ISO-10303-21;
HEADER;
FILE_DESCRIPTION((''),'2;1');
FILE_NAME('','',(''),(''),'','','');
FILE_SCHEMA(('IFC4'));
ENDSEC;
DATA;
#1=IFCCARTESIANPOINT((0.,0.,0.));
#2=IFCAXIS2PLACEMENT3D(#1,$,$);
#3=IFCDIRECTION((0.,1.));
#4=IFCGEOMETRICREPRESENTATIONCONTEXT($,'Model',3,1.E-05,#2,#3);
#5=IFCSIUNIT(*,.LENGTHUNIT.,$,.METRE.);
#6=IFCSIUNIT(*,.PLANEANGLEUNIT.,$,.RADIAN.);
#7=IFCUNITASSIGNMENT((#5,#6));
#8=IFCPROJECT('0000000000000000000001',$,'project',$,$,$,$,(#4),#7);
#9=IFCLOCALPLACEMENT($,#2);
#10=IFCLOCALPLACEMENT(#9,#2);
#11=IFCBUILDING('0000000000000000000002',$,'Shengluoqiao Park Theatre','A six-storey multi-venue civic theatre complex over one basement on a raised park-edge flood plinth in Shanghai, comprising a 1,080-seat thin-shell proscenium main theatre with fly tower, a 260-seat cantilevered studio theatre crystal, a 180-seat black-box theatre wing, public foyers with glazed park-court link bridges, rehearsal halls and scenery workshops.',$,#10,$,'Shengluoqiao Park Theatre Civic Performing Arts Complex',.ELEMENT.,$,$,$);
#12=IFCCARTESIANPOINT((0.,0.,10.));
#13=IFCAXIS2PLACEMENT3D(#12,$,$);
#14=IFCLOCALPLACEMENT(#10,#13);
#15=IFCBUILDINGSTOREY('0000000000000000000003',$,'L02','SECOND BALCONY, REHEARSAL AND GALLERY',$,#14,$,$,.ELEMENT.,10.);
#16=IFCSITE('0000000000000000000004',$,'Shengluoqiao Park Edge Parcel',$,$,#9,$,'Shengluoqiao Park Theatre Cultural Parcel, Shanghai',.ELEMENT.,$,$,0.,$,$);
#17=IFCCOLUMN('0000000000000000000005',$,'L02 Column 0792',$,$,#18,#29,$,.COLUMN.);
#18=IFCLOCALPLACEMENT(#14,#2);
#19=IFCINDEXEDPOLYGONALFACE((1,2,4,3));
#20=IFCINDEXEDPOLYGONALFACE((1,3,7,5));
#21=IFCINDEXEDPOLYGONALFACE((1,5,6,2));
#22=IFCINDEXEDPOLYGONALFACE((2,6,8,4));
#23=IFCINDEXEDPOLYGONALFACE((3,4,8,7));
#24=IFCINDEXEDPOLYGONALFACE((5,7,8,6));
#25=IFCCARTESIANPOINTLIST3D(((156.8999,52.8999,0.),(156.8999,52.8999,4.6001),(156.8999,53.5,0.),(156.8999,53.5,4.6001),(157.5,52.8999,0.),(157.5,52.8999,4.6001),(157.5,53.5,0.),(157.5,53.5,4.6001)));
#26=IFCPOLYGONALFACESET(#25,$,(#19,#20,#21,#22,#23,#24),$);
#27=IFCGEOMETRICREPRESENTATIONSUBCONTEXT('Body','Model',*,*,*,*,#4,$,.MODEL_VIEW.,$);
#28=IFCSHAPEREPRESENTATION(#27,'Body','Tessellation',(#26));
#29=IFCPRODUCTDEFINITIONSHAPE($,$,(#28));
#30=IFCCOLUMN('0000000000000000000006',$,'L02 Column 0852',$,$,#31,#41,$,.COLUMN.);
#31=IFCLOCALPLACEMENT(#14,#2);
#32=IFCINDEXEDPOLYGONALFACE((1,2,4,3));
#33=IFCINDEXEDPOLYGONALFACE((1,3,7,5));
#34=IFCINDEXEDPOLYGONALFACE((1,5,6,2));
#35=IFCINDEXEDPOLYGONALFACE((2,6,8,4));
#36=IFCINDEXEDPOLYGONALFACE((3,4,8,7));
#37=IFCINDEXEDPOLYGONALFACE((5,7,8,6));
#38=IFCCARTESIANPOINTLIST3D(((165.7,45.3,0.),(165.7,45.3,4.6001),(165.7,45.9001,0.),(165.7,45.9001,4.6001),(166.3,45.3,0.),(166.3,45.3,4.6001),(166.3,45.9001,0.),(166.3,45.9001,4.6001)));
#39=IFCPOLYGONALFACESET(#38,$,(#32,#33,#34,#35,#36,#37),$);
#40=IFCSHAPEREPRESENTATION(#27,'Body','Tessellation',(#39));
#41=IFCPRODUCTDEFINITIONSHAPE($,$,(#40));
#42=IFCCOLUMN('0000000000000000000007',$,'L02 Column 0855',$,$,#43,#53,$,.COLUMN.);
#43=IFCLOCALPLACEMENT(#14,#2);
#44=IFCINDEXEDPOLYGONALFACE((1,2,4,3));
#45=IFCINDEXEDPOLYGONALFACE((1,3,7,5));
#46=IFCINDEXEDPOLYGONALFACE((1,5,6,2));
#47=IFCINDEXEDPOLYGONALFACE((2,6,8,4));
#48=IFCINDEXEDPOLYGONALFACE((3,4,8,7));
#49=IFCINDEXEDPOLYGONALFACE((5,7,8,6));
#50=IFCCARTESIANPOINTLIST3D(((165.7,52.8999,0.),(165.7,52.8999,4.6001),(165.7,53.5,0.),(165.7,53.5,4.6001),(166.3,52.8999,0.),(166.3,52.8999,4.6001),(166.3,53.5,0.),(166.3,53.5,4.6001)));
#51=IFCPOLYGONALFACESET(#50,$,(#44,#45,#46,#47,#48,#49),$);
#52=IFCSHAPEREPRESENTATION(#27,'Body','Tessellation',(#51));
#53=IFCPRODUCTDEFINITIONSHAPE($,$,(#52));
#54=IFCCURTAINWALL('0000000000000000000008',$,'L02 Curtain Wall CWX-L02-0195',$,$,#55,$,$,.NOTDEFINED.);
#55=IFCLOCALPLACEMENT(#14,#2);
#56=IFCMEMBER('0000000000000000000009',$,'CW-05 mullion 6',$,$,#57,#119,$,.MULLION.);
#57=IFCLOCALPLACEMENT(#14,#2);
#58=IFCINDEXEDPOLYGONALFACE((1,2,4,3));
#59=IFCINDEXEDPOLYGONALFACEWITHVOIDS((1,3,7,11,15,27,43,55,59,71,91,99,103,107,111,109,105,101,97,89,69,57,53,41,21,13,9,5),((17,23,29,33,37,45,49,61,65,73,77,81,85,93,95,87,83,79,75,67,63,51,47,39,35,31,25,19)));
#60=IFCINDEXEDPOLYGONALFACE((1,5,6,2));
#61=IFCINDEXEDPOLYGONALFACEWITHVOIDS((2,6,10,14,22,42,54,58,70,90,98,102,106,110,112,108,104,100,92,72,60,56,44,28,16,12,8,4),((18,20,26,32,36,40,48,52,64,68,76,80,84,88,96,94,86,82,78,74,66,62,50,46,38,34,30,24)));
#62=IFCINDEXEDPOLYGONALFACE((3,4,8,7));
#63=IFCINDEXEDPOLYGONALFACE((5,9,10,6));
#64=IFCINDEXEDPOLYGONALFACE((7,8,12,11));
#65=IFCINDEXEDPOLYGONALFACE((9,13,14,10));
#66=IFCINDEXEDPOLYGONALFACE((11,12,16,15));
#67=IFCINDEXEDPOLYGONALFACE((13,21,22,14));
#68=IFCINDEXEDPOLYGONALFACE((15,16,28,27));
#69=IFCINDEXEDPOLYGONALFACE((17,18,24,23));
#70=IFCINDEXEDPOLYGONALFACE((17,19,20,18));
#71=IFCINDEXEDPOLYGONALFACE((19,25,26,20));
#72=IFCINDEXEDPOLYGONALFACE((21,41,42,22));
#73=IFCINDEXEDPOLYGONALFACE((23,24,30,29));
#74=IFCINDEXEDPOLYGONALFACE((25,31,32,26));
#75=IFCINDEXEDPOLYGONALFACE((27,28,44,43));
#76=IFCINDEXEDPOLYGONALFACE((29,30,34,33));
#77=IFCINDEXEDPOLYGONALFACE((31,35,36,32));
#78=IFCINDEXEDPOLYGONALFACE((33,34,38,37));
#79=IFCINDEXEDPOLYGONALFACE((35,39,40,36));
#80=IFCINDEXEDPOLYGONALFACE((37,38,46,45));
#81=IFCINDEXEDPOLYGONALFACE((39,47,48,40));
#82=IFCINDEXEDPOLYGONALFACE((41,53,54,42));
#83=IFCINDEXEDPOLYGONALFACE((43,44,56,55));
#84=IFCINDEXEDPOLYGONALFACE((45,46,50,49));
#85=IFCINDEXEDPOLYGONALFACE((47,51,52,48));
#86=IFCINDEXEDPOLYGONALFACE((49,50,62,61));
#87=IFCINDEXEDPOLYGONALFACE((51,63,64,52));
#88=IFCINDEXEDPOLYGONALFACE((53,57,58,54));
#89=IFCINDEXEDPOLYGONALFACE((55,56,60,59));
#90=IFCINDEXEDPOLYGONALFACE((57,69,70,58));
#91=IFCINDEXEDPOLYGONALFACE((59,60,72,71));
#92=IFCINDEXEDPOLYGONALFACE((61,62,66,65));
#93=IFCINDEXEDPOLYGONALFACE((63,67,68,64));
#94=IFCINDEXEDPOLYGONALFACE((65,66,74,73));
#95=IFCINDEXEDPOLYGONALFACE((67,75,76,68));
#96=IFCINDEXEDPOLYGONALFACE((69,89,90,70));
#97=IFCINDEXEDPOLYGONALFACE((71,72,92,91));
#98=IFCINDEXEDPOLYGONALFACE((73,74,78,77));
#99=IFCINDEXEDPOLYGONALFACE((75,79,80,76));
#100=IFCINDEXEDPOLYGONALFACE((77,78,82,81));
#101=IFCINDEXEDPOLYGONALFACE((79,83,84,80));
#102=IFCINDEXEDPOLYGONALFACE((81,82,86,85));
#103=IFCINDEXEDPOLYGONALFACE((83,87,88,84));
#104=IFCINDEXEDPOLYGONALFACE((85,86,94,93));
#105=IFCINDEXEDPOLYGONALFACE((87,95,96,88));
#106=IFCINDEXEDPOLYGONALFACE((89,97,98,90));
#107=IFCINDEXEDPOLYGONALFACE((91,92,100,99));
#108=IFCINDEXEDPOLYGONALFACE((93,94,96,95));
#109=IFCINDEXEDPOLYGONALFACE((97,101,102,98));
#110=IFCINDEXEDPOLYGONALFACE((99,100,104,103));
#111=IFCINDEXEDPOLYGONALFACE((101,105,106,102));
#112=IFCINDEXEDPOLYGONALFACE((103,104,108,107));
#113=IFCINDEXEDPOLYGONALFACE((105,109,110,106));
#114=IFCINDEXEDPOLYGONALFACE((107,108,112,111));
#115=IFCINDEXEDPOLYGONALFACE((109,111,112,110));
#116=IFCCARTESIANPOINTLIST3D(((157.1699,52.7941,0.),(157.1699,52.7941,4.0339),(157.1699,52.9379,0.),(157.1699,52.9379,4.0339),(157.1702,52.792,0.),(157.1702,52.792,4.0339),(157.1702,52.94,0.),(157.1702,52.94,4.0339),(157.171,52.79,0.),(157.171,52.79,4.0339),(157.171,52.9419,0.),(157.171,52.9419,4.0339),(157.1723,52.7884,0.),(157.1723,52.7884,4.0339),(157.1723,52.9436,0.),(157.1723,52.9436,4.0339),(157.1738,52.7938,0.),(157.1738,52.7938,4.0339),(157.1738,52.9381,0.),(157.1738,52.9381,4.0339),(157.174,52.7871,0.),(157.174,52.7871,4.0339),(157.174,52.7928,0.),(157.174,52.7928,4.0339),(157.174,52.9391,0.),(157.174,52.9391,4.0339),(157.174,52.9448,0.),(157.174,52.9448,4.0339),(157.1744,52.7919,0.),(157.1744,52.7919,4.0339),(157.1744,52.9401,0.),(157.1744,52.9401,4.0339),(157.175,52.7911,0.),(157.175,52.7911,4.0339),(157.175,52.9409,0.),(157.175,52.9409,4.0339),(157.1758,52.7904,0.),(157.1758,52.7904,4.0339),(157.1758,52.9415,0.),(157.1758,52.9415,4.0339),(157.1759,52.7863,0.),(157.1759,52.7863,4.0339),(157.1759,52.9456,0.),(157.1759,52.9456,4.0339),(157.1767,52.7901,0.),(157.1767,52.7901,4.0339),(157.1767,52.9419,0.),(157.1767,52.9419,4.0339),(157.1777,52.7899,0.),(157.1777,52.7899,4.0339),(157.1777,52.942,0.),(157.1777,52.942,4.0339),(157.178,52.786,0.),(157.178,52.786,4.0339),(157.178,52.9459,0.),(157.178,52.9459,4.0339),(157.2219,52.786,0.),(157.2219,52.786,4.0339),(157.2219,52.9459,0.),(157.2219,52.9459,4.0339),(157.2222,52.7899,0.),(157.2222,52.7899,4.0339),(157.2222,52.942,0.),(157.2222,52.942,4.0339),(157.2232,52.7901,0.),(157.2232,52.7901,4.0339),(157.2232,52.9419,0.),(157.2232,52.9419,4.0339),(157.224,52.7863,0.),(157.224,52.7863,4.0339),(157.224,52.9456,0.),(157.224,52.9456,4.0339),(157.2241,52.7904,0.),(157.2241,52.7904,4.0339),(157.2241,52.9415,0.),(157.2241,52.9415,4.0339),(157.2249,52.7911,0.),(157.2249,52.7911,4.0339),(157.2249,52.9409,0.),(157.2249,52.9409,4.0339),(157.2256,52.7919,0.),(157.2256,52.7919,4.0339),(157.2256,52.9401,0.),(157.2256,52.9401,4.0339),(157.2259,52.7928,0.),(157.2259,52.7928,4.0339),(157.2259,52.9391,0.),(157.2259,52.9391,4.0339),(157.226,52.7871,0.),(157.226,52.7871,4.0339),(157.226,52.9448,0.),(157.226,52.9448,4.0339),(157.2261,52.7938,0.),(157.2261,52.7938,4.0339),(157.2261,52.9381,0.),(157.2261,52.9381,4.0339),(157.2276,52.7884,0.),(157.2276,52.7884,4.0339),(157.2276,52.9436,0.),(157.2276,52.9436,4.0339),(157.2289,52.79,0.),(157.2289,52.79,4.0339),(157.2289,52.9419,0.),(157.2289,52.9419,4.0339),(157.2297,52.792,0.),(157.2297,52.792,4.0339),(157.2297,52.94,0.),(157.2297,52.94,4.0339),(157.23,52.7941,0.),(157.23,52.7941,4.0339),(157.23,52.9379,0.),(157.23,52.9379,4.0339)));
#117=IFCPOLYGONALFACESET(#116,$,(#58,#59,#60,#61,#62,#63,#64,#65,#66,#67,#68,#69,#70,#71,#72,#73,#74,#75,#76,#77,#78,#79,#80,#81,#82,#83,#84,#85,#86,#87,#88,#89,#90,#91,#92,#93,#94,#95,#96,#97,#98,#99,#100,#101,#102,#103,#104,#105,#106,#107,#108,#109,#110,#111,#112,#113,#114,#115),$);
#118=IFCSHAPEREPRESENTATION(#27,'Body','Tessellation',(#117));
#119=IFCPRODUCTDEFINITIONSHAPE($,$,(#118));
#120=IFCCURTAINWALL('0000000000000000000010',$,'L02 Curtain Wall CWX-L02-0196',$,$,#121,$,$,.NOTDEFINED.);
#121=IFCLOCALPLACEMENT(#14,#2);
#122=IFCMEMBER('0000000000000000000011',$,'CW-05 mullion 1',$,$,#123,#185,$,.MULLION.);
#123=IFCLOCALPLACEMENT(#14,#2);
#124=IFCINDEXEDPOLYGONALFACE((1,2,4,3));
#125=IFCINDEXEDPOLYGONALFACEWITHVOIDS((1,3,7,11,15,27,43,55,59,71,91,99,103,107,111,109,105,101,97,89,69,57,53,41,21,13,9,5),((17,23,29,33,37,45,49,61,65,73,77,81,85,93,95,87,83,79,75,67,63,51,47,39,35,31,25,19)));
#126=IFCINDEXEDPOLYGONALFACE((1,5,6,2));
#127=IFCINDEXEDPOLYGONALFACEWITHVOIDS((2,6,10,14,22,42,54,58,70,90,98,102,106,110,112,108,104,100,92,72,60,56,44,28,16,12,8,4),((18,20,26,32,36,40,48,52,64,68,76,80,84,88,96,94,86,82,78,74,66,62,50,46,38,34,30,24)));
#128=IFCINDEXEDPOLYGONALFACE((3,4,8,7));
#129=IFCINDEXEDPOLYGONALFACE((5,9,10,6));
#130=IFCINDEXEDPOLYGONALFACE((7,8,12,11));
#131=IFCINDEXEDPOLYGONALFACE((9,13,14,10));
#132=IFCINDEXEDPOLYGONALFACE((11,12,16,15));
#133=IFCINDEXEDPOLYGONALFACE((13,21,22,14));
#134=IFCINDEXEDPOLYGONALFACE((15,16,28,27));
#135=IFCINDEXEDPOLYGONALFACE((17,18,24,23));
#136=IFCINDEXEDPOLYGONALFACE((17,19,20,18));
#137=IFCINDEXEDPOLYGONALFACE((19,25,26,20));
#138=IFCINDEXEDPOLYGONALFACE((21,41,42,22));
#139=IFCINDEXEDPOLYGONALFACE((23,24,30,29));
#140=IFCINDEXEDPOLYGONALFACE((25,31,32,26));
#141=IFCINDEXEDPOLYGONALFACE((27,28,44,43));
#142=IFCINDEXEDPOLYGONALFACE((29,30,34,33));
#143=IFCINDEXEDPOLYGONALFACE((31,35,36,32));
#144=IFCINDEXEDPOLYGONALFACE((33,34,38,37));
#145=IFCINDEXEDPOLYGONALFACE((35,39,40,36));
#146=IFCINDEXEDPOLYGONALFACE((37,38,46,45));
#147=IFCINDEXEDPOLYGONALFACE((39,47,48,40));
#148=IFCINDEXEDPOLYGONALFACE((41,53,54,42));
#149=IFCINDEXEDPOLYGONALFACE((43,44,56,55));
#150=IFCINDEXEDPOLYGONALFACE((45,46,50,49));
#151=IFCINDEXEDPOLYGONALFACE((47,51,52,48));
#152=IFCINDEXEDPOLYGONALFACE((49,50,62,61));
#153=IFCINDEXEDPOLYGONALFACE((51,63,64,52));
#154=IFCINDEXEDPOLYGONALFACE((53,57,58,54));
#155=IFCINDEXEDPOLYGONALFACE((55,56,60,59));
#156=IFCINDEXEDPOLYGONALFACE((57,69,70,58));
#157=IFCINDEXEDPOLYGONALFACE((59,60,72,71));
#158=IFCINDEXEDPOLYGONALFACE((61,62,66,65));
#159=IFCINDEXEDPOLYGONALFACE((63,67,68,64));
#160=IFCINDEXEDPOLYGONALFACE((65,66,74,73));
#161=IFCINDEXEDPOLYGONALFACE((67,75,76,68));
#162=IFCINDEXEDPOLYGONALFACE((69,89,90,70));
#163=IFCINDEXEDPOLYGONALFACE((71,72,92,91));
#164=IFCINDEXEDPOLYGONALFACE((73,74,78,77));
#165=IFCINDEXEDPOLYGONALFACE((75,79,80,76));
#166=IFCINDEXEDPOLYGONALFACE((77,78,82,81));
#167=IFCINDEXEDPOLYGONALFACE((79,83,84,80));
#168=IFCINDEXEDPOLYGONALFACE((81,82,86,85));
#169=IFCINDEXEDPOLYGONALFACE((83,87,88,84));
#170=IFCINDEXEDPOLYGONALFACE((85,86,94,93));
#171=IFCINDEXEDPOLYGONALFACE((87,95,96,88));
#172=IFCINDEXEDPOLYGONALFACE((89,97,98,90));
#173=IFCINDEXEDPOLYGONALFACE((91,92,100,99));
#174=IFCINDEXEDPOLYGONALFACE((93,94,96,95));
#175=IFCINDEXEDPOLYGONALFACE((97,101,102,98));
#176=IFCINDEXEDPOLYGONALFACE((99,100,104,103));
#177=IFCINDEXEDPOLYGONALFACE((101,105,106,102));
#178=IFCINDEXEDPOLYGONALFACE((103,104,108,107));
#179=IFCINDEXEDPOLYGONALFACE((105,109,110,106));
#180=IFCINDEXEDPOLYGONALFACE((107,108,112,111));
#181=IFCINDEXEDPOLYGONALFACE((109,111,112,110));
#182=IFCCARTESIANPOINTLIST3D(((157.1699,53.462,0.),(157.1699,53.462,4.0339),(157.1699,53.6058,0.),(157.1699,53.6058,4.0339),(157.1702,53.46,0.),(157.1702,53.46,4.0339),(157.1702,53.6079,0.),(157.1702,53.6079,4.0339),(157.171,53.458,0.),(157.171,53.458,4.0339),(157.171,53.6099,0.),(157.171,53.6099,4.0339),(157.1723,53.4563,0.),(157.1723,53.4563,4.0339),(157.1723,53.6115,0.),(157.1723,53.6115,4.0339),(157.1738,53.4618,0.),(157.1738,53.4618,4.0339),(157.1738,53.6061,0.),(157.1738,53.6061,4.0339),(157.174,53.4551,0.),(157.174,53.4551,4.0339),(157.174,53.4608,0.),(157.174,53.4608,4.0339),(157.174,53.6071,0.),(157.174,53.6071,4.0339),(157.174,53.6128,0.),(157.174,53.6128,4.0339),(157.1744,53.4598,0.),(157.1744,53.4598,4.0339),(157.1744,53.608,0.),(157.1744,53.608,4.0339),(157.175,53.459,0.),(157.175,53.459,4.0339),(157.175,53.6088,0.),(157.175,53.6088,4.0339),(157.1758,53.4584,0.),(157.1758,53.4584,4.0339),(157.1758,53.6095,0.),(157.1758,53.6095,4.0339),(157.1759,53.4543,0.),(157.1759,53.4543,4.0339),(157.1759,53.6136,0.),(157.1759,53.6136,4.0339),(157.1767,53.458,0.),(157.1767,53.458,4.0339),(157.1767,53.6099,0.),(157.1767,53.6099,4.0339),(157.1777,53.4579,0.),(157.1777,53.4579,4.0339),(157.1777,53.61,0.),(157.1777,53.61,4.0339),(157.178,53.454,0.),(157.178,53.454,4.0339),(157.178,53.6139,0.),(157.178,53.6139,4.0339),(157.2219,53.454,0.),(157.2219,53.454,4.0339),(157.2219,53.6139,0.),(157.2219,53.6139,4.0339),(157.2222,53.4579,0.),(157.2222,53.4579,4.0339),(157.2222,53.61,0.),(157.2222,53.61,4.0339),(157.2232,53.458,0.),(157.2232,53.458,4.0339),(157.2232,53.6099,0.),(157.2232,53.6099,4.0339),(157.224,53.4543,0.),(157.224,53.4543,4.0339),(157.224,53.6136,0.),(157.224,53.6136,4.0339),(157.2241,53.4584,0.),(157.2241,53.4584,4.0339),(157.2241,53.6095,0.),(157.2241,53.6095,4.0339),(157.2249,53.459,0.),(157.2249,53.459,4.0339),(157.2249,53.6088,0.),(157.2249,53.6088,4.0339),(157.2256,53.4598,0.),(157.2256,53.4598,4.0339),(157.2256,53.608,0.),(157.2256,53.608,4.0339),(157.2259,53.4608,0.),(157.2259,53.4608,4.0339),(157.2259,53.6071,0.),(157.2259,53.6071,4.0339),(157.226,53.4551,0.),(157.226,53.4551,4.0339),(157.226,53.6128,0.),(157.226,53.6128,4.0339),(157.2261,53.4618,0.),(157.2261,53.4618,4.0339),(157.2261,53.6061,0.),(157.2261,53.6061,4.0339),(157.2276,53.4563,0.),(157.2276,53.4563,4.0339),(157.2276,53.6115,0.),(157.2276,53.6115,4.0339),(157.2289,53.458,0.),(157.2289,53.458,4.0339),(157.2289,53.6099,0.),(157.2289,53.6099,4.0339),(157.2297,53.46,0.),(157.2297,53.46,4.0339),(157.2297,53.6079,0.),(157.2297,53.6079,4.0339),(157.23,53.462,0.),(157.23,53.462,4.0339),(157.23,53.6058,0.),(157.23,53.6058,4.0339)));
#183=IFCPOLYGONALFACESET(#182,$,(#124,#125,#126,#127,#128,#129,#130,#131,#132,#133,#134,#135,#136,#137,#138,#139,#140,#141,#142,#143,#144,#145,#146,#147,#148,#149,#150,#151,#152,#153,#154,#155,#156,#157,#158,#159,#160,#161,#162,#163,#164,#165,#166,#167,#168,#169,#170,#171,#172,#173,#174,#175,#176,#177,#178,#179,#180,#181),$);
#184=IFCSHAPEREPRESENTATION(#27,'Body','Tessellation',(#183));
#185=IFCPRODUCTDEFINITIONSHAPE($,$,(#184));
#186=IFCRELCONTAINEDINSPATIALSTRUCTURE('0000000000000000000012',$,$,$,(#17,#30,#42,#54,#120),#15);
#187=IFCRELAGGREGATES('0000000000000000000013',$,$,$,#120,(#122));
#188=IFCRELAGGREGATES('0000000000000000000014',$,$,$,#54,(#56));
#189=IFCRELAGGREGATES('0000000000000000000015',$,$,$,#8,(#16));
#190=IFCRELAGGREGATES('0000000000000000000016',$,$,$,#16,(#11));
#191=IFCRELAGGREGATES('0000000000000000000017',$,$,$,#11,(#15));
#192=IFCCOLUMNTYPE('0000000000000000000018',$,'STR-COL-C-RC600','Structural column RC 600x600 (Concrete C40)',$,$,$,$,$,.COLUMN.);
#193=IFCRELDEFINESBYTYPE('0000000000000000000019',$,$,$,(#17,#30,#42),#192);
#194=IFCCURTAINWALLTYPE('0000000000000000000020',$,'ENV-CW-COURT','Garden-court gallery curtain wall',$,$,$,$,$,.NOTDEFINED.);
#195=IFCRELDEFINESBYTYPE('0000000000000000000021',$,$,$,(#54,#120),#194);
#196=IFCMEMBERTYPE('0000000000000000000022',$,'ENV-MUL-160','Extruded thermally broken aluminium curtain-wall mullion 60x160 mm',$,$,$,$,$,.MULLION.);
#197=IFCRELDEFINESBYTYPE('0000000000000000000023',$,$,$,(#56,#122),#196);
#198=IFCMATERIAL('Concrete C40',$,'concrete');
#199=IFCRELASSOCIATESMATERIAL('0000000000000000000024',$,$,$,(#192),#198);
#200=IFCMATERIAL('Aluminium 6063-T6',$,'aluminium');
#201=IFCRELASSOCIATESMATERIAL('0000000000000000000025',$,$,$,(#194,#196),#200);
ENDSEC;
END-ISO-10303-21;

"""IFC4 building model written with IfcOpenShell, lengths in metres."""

from ifc_helpers import new_model, si_unit, direction, frame, origin, origin_2d, place, context, subcontext, project, spatial, rectangle, hollow_rectangle, extrude, material, material_profile, profile_set, type_object, element, aggregate, save


model = new_model("IFC4")

# Units and contexts
model_context = context("Model", 3, precision=1e-05, world=origin(), true_north=direction((0.0, 1.0)))
body_context = subcontext(model_context, "Body", "Model", "MODEL_VIEW")
ifc_project = project(units=[si_unit("LENGTHUNIT", "METRE"), si_unit("PLANEANGLEUNIT", "RADIAN")], contexts=[model_context])

# Site, building, storey
site_placement = place(None, origin())
site = spatial("IfcSite", under=ifc_project, at=site_placement, Name="Shengluoqiao Park Edge Parcel", LongName="Shengluoqiao Park Theatre Cultural Parcel, Shanghai", CompositionType="ELEMENT", RefElevation=0.0)
building_placement = place(site_placement, origin())
building = spatial("IfcBuilding", under=site, at=building_placement, Name="Shengluoqiao Park Theatre", Description="A six-storey multi-venue civic theatre complex over one basement on a raised park-edge flood plinth in Shanghai, comprising a 1,080-seat thin-shell proscenium main theatre with fly tower, a 260-seat cantilevered studio theatre crystal, a 180-seat black-box theatre wing, public foyers with glazed park-court link bridges, rehearsal halls and scenery workshops.", LongName="Shengluoqiao Park Theatre Civic Performing Arts Complex", CompositionType="ELEMENT")
storey_placement = place(building_placement, frame((0.0, 0.0, 10.0)))
storey = spatial("IfcBuildingStorey", under=building, at=storey_placement, Name="L02", Description="SECOND BALCONY, REHEARSAL AND GALLERY", CompositionType="ELEMENT", Elevation=10.0)

# Columns
ifc_material_1 = material(Name="Concrete C40", Category="concrete")
ifc_material_profile_1 = material_profile(ifc_material_1, rectangle(XDim=0.6001, YDim=0.6001, at=origin_2d()), Name="RC 600x600")
ifc_profile_set_1 = profile_set([ifc_material_profile_1], Name="Concrete C40")
column_type = type_object("IfcColumnType", Name="STR-COL-C-RC600", Description="Structural column RC 600x600 (Concrete C40)", PredefinedType="COLUMN", material=ifc_profile_set_1)
for number, where, z_axis, x_axis, name in (
    (1, (157.2, 53.2, 0.0), (0.0, 0.0, 1.0), (1.0, 0.0, 0.0), "L02 Column 0792"),
    (2, (166.0, 45.6001, 0.0), (0.0, 0.0, 1.0), (1.0, 0.0, 0.0), "L02 Column 0852"),
    (3, (166.0, 53.2, 0.0), (0.0, 0.0, 1.0), (1.0, 0.0, 0.0), "L02 Column 0855"),
):
    element("IfcColumn", number, at=place(storey_placement, frame(where, z_axis=z_axis, x_axis=x_axis)), inside=storey, type_object=column_type, Name=name, PredefinedType="COLUMN", context=body_context, shape_type="SweptSolid", body=[
        extrude(rectangle(XDim=0.6001, YDim=0.6001, at=origin_2d()), origin(), (0.0, 0.0, 1.0), 4.6001),
    ])

# Curtain walls, members
ifc_material_2 = material(Name="Aluminium 6063-T6", Category="aluminium")
curtain_wall_type = type_object("IfcCurtainWallType", Name="ENV-CW-COURT", Description="Garden-court gallery curtain wall", PredefinedType="NOTDEFINED", material=ifc_material_2)
curtain_wall_1_placement = place(storey_placement, origin())
curtain_wall_1 = element("IfcCurtainWall", 4, at=curtain_wall_1_placement, inside=storey, type_object=curtain_wall_type, Name="L02 Curtain Wall CWX-L02-0195", PredefinedType="NOTDEFINED")
ifc_material_profile_2 = material_profile(ifc_material_2, hollow_rectangle(XDim=0.0601, YDim=0.1599, WallThickness=0.0039, InnerFilletRadius=0.0039, OuterFilletRadius=0.0081, at=origin_2d()), Name="ALU MULLION 160x60x4")
ifc_profile_set_2 = profile_set([ifc_material_profile_2], Name="Aluminium 6063-T6")
member_type_1 = type_object("IfcMemberType", Name="ENV-MUL-160", Description="Extruded thermally broken aluminium curtain-wall mullion 60x160 mm", PredefinedType="MULLION", material=ifc_profile_set_2)
member_1_placement = place(storey_placement, frame((157.2, 52.866, 0.0), z_axis=(0.0, 0.0, 1.0), x_axis=(-1.0, 0.0, 0.0)))
member_1 = element("IfcMember", 5, at=member_1_placement, type_object=member_type_1, Name="CW-05 mullion 6", PredefinedType="MULLION", context=body_context, shape_type="SweptSolid", body=[
    extrude(hollow_rectangle(XDim=0.0601, YDim=0.1599, WallThickness=0.0039, InnerFilletRadius=0.0039, OuterFilletRadius=0.0081, at=origin_2d()), origin(), (0.0, 0.0, 1.0), 4.0339),
])
curtain_wall_2_placement = place(storey_placement, origin())
curtain_wall_2 = element("IfcCurtainWall", 6, at=curtain_wall_2_placement, inside=storey, type_object=curtain_wall_type, Name="L02 Curtain Wall CWX-L02-0196", PredefinedType="NOTDEFINED")
member_2_placement = place(storey_placement, frame((157.2, 53.5339, 0.0), z_axis=(0.0, 0.0, 1.0), x_axis=(-1.0, 0.0, 0.0)))
member_2 = element("IfcMember", 7, at=member_2_placement, type_object=member_type_1, Name="CW-05 mullion 1", PredefinedType="MULLION", context=body_context, shape_type="SweptSolid", body=[
    extrude(hollow_rectangle(XDim=0.0601, YDim=0.1599, WallThickness=0.0039, InnerFilletRadius=0.0039, OuterFilletRadius=0.0081, at=origin_2d()), origin(), (0.0, 0.0, 1.0), 4.0339),
])

aggregate(curtain_wall_2, [member_2])

aggregate(curtain_wall_1, [member_1])

save(model, "model.ifc")
